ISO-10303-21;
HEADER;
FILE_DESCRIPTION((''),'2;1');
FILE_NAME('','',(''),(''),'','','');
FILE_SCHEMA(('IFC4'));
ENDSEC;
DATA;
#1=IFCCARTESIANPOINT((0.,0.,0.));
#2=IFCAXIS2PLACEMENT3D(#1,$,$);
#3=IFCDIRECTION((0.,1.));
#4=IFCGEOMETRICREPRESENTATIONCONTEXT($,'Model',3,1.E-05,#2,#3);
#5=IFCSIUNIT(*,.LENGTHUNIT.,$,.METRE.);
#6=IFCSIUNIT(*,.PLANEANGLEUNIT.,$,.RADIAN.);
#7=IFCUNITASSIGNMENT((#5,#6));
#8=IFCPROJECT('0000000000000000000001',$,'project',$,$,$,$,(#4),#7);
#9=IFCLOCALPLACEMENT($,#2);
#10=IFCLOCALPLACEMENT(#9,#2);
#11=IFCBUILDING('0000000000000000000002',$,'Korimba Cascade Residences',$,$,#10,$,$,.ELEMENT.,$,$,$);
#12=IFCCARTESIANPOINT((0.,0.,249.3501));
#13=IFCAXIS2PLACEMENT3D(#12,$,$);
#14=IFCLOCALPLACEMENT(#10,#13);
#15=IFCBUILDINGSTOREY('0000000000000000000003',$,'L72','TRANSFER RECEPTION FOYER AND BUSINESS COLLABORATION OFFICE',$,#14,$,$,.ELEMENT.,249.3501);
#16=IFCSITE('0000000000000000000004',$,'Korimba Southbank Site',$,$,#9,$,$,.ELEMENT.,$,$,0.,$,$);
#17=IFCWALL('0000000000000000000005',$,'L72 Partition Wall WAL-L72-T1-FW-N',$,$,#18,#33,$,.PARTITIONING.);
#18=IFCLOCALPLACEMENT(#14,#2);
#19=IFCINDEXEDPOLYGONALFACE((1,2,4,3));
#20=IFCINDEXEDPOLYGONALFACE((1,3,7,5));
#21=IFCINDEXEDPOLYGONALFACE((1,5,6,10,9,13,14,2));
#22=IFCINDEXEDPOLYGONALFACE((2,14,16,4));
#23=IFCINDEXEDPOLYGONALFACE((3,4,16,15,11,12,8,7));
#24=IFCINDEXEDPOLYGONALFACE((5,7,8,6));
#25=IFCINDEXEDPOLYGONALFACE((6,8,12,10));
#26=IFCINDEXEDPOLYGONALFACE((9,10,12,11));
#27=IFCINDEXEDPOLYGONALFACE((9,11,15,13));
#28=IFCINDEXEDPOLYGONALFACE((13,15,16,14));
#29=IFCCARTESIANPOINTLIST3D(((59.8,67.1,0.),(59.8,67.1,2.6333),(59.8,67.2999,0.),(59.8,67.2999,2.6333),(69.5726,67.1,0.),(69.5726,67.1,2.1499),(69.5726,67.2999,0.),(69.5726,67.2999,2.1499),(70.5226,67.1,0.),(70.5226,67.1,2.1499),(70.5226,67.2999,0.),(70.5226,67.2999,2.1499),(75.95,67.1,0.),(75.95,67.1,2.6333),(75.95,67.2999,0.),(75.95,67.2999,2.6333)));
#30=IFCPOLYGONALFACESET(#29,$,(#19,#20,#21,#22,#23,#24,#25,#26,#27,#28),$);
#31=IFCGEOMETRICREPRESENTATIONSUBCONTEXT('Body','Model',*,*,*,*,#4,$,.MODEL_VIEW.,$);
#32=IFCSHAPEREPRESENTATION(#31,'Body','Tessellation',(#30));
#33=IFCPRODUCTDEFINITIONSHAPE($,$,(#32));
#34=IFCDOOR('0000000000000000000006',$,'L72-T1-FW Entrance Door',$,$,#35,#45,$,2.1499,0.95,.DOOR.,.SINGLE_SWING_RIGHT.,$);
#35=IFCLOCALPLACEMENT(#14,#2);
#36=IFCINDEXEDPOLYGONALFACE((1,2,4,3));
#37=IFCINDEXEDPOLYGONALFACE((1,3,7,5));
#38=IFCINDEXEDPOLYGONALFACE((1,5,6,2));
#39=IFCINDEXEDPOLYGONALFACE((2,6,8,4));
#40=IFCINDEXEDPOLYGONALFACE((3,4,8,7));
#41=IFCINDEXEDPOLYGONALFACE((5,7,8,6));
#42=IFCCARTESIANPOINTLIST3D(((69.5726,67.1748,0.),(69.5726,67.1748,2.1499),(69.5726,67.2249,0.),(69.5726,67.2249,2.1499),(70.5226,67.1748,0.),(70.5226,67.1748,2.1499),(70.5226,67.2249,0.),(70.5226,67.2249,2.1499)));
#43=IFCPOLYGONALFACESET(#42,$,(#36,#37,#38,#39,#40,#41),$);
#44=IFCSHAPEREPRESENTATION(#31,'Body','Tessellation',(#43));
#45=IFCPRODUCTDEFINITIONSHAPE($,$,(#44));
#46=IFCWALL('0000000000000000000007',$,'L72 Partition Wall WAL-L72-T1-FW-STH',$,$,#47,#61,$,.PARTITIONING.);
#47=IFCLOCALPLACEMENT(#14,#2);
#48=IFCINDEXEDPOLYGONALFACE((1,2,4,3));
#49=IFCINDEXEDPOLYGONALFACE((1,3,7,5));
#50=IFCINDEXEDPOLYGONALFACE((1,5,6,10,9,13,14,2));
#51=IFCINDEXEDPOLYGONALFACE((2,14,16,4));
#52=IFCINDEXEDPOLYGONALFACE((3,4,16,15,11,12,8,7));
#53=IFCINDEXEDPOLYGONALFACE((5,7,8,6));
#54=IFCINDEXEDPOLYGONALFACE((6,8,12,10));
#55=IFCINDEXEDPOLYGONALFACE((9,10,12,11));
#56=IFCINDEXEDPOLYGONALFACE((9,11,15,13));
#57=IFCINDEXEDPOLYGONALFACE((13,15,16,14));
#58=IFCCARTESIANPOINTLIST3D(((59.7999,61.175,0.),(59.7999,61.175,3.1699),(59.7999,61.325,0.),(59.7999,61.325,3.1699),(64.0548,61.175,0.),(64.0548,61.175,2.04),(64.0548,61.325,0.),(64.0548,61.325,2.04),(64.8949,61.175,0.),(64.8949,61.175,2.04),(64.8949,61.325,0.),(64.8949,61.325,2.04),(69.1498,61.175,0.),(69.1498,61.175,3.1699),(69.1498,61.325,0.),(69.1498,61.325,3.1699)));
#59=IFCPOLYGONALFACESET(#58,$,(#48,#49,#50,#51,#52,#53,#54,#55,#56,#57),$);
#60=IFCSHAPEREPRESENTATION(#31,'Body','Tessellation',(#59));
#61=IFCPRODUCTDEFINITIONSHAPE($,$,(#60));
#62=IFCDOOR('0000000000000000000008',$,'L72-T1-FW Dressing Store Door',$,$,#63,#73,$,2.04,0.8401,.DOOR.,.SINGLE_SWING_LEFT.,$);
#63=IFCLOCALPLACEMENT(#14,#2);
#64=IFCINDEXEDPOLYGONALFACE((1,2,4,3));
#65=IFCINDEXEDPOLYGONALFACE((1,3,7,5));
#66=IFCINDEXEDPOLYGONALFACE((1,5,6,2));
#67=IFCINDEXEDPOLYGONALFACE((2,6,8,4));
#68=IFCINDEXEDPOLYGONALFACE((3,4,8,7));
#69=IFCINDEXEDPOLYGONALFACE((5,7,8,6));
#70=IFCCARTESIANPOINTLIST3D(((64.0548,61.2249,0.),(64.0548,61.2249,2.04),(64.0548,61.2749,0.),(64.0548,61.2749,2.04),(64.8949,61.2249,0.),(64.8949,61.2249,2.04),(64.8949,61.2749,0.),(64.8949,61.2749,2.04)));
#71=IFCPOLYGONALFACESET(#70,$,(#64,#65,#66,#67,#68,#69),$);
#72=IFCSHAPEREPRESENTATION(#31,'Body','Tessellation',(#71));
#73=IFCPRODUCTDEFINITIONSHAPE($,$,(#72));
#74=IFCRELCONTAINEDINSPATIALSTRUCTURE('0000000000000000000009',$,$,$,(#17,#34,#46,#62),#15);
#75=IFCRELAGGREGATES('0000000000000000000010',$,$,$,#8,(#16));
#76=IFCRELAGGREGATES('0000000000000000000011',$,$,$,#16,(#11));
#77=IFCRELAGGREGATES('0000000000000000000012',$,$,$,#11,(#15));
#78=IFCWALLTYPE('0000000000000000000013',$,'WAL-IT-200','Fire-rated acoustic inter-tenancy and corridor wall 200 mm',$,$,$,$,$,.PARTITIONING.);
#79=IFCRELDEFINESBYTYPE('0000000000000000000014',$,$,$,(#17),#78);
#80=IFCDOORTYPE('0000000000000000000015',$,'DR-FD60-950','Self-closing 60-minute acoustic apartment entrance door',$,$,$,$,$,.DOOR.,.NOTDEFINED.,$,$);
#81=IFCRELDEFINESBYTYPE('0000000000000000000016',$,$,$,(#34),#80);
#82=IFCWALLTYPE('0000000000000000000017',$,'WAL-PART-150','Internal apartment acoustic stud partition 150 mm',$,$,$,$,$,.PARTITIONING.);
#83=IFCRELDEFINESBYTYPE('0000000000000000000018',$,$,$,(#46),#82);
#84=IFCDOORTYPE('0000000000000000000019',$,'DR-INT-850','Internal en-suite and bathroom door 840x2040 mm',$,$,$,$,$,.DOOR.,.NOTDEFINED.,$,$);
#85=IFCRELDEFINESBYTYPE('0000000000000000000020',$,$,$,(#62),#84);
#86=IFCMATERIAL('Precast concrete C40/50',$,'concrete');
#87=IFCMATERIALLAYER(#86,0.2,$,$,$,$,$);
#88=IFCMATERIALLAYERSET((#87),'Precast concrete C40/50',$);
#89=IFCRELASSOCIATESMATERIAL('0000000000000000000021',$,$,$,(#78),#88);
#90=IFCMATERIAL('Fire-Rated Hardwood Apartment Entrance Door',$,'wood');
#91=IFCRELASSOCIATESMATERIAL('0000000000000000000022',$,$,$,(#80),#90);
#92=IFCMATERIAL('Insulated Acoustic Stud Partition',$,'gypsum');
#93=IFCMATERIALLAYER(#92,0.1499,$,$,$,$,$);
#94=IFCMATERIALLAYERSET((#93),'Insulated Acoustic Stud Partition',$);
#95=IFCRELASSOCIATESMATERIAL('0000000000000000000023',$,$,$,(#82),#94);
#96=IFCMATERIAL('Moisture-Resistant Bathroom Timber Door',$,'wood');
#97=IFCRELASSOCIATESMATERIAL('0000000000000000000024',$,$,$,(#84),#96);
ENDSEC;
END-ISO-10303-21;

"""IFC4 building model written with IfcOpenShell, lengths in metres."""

from ifc_helpers import new_model, si_unit, direction, frame, frame_2d, origin, place, context, subcontext, project, spatial, rectangle, extrude, material, layer, layer_set, type_object, element, fill, save


model = new_model("IFC4")

# Units and contexts
model_context = context("Model", 3, precision=1e-05, world=origin(), true_north=direction((0.0, 1.0)))
body_context = subcontext(model_context, "Body", "Model", "MODEL_VIEW")
ifc_project = project(units=[si_unit("LENGTHUNIT", "METRE"), si_unit("PLANEANGLEUNIT", "RADIAN")], contexts=[model_context])

# Site, building, storey
site_placement = place(None, origin())
site = spatial("IfcSite", under=ifc_project, at=site_placement, Name="Korimba Southbank Site", CompositionType="ELEMENT", RefElevation=0.0)
building_placement = place(site_placement, origin())
building = spatial("IfcBuilding", under=site, at=building_placement, Name="Korimba Cascade Residences", CompositionType="ELEMENT")
storey_placement = place(building_placement, frame((0.0, 0.0, 249.3501)))
storey = spatial("IfcBuildingStorey", under=building, at=storey_placement, Name="L72", Description="TRANSFER RECEPTION FOYER AND BUSINESS COLLABORATION OFFICE", CompositionType="ELEMENT", Elevation=249.3501)

# Shared definitions
ifc_material_1 = material(Name="Precast concrete C40/50", Category="concrete")

# Shared definitions
ifc_layer_1 = layer(ifc_material_1, 0.2)
ifc_layer_set_1 = layer_set([ifc_layer_1], Name="Precast concrete C40/50")
wall_type_1 = type_object("IfcWallType", Name="WAL-IT-200", Description="Fire-rated acoustic inter-tenancy and corridor wall 200 mm", PredefinedType="PARTITIONING", material=ifc_layer_set_1)

# Walls, openings, doors
wall_1_placement = place(storey_placement, frame((59.8, 67.2, 0.0), z_axis=(0.0, 0.0, 1.0), x_axis=(1.0, 0.0, 0.0)))
wall_1 = element("IfcWall", 1, at=wall_1_placement, inside=storey, type_object=wall_type_1, Name="L72 Partition Wall WAL-L72-T1-FW-N", PredefinedType="PARTITIONING", context=body_context, shape_type="SweptSolid", body=[
    extrude(rectangle(XDim=16.1499, YDim=0.2, at=frame_2d((8.075, 0.0))), origin(), (0.0, 0.0, 1.0), 2.6333),
])
opening_1_placement = place(wall_1_placement, frame((9.7725, 0.0, 0.0)))
opening_1 = element("IfcOpeningElement", 2, at=opening_1_placement, cuts=wall_1, PredefinedType="OPENING", context=body_context, shape_type="SweptSolid", body=[
    extrude(rectangle(XDim=0.95, YDim=2.1499, at=frame_2d((0.4751, 1.075))), frame((0.0, 0.1099, 0.0), z_axis=(0.0, -1.0, 0.0), x_axis=(1.0, 0.0, 0.0)), (0.0, 0.0, 1.0), 0.22),
])
ifc_material_2 = material(Name="Fire-Rated Hardwood Apartment Entrance Door", Category="wood")
door_type_1 = type_object("IfcDoorType", Name="DR-FD60-950", Description="Self-closing 60-minute acoustic apartment entrance door", OperationType="NOTDEFINED", PredefinedType="DOOR", material=ifc_material_2)
door_1_placement = place(opening_1_placement, origin())
door_1 = element("IfcDoor", 3, at=door_1_placement, inside=storey, type_object=door_type_1, Name="L72-T1-FW Entrance Door", OperationType="SINGLE_SWING_RIGHT", OverallHeight=2.1499, OverallWidth=0.95, PredefinedType="DOOR", context=body_context, shape_type="SweptSolid", body=[
    extrude(rectangle(XDim=0.95, YDim=2.1499, at=frame_2d((0.4751, 1.075))), frame((0.0, 0.0249, 0.0), z_axis=(0.0, -1.0, 0.0), x_axis=(1.0, 0.0, 0.0)), (0.0, 0.0, 1.0), 0.05),
])
fill(opening_1, door_1)
ifc_material_3 = material(Name="Insulated Acoustic Stud Partition", Category="gypsum")
ifc_layer_2 = layer(ifc_material_3, 0.1499)
ifc_layer_set_2 = layer_set([ifc_layer_2], Name="Insulated Acoustic Stud Partition")
wall_type_2 = type_object("IfcWallType", Name="WAL-PART-150", Description="Internal apartment acoustic stud partition 150 mm", PredefinedType="PARTITIONING", material=ifc_layer_set_2)
wall_2_placement = place(storey_placement, frame((59.8, 61.25, 0.0), z_axis=(0.0, 0.0, 1.0), x_axis=(1.0, 0.0, 0.0)))
wall_2 = element("IfcWall", 4, at=wall_2_placement, inside=storey, type_object=wall_type_2, Name="L72 Partition Wall WAL-L72-T1-FW-STH", PredefinedType="PARTITIONING", context=body_context, shape_type="SweptSolid", body=[
    extrude(rectangle(XDim=9.3499, YDim=0.1499, at=frame_2d((4.6748, 0.0))), origin(), (0.0, 0.0, 1.0), 3.1699),
])
opening_2_placement = place(wall_2_placement, frame((4.2549, 0.0, 0.0)))
opening_2 = element("IfcOpeningElement", 5, at=opening_2_placement, cuts=wall_2, PredefinedType="OPENING", context=body_context, shape_type="SweptSolid", body=[
    extrude(rectangle(XDim=0.8401, YDim=2.04, at=frame_2d((0.4199, 1.02))), frame((0.0, 0.085, 0.0), z_axis=(0.0, -1.0, 0.0), x_axis=(1.0, 0.0, 0.0)), (0.0, 0.0, 1.0), 0.1699),
])
ifc_material_4 = material(Name="Moisture-Resistant Bathroom Timber Door", Category="wood")
door_type_2 = type_object("IfcDoorType", Name="DR-INT-850", Description="Internal en-suite and bathroom door 840x2040 mm", OperationType="NOTDEFINED", PredefinedType="DOOR", material=ifc_material_4)
door_2_placement = place(opening_2_placement, origin())
door_2 = element("IfcDoor", 6, at=door_2_placement, inside=storey, type_object=door_type_2, Name="L72-T1-FW Dressing Store Door", OperationType="SINGLE_SWING_LEFT", OverallHeight=2.04, OverallWidth=0.8401, PredefinedType="DOOR", context=body_context, shape_type="SweptSolid", body=[
    extrude(rectangle(XDim=0.8401, YDim=2.04, at=frame_2d((0.4199, 1.02))), frame((0.0, 0.0249, 0.0), z_axis=(0.0, -1.0, 0.0), x_axis=(1.0, 0.0, 0.0)), (0.0, 0.0, 1.0), 0.05),
])
fill(opening_2, door_2)

save(model, "model.ifc")
